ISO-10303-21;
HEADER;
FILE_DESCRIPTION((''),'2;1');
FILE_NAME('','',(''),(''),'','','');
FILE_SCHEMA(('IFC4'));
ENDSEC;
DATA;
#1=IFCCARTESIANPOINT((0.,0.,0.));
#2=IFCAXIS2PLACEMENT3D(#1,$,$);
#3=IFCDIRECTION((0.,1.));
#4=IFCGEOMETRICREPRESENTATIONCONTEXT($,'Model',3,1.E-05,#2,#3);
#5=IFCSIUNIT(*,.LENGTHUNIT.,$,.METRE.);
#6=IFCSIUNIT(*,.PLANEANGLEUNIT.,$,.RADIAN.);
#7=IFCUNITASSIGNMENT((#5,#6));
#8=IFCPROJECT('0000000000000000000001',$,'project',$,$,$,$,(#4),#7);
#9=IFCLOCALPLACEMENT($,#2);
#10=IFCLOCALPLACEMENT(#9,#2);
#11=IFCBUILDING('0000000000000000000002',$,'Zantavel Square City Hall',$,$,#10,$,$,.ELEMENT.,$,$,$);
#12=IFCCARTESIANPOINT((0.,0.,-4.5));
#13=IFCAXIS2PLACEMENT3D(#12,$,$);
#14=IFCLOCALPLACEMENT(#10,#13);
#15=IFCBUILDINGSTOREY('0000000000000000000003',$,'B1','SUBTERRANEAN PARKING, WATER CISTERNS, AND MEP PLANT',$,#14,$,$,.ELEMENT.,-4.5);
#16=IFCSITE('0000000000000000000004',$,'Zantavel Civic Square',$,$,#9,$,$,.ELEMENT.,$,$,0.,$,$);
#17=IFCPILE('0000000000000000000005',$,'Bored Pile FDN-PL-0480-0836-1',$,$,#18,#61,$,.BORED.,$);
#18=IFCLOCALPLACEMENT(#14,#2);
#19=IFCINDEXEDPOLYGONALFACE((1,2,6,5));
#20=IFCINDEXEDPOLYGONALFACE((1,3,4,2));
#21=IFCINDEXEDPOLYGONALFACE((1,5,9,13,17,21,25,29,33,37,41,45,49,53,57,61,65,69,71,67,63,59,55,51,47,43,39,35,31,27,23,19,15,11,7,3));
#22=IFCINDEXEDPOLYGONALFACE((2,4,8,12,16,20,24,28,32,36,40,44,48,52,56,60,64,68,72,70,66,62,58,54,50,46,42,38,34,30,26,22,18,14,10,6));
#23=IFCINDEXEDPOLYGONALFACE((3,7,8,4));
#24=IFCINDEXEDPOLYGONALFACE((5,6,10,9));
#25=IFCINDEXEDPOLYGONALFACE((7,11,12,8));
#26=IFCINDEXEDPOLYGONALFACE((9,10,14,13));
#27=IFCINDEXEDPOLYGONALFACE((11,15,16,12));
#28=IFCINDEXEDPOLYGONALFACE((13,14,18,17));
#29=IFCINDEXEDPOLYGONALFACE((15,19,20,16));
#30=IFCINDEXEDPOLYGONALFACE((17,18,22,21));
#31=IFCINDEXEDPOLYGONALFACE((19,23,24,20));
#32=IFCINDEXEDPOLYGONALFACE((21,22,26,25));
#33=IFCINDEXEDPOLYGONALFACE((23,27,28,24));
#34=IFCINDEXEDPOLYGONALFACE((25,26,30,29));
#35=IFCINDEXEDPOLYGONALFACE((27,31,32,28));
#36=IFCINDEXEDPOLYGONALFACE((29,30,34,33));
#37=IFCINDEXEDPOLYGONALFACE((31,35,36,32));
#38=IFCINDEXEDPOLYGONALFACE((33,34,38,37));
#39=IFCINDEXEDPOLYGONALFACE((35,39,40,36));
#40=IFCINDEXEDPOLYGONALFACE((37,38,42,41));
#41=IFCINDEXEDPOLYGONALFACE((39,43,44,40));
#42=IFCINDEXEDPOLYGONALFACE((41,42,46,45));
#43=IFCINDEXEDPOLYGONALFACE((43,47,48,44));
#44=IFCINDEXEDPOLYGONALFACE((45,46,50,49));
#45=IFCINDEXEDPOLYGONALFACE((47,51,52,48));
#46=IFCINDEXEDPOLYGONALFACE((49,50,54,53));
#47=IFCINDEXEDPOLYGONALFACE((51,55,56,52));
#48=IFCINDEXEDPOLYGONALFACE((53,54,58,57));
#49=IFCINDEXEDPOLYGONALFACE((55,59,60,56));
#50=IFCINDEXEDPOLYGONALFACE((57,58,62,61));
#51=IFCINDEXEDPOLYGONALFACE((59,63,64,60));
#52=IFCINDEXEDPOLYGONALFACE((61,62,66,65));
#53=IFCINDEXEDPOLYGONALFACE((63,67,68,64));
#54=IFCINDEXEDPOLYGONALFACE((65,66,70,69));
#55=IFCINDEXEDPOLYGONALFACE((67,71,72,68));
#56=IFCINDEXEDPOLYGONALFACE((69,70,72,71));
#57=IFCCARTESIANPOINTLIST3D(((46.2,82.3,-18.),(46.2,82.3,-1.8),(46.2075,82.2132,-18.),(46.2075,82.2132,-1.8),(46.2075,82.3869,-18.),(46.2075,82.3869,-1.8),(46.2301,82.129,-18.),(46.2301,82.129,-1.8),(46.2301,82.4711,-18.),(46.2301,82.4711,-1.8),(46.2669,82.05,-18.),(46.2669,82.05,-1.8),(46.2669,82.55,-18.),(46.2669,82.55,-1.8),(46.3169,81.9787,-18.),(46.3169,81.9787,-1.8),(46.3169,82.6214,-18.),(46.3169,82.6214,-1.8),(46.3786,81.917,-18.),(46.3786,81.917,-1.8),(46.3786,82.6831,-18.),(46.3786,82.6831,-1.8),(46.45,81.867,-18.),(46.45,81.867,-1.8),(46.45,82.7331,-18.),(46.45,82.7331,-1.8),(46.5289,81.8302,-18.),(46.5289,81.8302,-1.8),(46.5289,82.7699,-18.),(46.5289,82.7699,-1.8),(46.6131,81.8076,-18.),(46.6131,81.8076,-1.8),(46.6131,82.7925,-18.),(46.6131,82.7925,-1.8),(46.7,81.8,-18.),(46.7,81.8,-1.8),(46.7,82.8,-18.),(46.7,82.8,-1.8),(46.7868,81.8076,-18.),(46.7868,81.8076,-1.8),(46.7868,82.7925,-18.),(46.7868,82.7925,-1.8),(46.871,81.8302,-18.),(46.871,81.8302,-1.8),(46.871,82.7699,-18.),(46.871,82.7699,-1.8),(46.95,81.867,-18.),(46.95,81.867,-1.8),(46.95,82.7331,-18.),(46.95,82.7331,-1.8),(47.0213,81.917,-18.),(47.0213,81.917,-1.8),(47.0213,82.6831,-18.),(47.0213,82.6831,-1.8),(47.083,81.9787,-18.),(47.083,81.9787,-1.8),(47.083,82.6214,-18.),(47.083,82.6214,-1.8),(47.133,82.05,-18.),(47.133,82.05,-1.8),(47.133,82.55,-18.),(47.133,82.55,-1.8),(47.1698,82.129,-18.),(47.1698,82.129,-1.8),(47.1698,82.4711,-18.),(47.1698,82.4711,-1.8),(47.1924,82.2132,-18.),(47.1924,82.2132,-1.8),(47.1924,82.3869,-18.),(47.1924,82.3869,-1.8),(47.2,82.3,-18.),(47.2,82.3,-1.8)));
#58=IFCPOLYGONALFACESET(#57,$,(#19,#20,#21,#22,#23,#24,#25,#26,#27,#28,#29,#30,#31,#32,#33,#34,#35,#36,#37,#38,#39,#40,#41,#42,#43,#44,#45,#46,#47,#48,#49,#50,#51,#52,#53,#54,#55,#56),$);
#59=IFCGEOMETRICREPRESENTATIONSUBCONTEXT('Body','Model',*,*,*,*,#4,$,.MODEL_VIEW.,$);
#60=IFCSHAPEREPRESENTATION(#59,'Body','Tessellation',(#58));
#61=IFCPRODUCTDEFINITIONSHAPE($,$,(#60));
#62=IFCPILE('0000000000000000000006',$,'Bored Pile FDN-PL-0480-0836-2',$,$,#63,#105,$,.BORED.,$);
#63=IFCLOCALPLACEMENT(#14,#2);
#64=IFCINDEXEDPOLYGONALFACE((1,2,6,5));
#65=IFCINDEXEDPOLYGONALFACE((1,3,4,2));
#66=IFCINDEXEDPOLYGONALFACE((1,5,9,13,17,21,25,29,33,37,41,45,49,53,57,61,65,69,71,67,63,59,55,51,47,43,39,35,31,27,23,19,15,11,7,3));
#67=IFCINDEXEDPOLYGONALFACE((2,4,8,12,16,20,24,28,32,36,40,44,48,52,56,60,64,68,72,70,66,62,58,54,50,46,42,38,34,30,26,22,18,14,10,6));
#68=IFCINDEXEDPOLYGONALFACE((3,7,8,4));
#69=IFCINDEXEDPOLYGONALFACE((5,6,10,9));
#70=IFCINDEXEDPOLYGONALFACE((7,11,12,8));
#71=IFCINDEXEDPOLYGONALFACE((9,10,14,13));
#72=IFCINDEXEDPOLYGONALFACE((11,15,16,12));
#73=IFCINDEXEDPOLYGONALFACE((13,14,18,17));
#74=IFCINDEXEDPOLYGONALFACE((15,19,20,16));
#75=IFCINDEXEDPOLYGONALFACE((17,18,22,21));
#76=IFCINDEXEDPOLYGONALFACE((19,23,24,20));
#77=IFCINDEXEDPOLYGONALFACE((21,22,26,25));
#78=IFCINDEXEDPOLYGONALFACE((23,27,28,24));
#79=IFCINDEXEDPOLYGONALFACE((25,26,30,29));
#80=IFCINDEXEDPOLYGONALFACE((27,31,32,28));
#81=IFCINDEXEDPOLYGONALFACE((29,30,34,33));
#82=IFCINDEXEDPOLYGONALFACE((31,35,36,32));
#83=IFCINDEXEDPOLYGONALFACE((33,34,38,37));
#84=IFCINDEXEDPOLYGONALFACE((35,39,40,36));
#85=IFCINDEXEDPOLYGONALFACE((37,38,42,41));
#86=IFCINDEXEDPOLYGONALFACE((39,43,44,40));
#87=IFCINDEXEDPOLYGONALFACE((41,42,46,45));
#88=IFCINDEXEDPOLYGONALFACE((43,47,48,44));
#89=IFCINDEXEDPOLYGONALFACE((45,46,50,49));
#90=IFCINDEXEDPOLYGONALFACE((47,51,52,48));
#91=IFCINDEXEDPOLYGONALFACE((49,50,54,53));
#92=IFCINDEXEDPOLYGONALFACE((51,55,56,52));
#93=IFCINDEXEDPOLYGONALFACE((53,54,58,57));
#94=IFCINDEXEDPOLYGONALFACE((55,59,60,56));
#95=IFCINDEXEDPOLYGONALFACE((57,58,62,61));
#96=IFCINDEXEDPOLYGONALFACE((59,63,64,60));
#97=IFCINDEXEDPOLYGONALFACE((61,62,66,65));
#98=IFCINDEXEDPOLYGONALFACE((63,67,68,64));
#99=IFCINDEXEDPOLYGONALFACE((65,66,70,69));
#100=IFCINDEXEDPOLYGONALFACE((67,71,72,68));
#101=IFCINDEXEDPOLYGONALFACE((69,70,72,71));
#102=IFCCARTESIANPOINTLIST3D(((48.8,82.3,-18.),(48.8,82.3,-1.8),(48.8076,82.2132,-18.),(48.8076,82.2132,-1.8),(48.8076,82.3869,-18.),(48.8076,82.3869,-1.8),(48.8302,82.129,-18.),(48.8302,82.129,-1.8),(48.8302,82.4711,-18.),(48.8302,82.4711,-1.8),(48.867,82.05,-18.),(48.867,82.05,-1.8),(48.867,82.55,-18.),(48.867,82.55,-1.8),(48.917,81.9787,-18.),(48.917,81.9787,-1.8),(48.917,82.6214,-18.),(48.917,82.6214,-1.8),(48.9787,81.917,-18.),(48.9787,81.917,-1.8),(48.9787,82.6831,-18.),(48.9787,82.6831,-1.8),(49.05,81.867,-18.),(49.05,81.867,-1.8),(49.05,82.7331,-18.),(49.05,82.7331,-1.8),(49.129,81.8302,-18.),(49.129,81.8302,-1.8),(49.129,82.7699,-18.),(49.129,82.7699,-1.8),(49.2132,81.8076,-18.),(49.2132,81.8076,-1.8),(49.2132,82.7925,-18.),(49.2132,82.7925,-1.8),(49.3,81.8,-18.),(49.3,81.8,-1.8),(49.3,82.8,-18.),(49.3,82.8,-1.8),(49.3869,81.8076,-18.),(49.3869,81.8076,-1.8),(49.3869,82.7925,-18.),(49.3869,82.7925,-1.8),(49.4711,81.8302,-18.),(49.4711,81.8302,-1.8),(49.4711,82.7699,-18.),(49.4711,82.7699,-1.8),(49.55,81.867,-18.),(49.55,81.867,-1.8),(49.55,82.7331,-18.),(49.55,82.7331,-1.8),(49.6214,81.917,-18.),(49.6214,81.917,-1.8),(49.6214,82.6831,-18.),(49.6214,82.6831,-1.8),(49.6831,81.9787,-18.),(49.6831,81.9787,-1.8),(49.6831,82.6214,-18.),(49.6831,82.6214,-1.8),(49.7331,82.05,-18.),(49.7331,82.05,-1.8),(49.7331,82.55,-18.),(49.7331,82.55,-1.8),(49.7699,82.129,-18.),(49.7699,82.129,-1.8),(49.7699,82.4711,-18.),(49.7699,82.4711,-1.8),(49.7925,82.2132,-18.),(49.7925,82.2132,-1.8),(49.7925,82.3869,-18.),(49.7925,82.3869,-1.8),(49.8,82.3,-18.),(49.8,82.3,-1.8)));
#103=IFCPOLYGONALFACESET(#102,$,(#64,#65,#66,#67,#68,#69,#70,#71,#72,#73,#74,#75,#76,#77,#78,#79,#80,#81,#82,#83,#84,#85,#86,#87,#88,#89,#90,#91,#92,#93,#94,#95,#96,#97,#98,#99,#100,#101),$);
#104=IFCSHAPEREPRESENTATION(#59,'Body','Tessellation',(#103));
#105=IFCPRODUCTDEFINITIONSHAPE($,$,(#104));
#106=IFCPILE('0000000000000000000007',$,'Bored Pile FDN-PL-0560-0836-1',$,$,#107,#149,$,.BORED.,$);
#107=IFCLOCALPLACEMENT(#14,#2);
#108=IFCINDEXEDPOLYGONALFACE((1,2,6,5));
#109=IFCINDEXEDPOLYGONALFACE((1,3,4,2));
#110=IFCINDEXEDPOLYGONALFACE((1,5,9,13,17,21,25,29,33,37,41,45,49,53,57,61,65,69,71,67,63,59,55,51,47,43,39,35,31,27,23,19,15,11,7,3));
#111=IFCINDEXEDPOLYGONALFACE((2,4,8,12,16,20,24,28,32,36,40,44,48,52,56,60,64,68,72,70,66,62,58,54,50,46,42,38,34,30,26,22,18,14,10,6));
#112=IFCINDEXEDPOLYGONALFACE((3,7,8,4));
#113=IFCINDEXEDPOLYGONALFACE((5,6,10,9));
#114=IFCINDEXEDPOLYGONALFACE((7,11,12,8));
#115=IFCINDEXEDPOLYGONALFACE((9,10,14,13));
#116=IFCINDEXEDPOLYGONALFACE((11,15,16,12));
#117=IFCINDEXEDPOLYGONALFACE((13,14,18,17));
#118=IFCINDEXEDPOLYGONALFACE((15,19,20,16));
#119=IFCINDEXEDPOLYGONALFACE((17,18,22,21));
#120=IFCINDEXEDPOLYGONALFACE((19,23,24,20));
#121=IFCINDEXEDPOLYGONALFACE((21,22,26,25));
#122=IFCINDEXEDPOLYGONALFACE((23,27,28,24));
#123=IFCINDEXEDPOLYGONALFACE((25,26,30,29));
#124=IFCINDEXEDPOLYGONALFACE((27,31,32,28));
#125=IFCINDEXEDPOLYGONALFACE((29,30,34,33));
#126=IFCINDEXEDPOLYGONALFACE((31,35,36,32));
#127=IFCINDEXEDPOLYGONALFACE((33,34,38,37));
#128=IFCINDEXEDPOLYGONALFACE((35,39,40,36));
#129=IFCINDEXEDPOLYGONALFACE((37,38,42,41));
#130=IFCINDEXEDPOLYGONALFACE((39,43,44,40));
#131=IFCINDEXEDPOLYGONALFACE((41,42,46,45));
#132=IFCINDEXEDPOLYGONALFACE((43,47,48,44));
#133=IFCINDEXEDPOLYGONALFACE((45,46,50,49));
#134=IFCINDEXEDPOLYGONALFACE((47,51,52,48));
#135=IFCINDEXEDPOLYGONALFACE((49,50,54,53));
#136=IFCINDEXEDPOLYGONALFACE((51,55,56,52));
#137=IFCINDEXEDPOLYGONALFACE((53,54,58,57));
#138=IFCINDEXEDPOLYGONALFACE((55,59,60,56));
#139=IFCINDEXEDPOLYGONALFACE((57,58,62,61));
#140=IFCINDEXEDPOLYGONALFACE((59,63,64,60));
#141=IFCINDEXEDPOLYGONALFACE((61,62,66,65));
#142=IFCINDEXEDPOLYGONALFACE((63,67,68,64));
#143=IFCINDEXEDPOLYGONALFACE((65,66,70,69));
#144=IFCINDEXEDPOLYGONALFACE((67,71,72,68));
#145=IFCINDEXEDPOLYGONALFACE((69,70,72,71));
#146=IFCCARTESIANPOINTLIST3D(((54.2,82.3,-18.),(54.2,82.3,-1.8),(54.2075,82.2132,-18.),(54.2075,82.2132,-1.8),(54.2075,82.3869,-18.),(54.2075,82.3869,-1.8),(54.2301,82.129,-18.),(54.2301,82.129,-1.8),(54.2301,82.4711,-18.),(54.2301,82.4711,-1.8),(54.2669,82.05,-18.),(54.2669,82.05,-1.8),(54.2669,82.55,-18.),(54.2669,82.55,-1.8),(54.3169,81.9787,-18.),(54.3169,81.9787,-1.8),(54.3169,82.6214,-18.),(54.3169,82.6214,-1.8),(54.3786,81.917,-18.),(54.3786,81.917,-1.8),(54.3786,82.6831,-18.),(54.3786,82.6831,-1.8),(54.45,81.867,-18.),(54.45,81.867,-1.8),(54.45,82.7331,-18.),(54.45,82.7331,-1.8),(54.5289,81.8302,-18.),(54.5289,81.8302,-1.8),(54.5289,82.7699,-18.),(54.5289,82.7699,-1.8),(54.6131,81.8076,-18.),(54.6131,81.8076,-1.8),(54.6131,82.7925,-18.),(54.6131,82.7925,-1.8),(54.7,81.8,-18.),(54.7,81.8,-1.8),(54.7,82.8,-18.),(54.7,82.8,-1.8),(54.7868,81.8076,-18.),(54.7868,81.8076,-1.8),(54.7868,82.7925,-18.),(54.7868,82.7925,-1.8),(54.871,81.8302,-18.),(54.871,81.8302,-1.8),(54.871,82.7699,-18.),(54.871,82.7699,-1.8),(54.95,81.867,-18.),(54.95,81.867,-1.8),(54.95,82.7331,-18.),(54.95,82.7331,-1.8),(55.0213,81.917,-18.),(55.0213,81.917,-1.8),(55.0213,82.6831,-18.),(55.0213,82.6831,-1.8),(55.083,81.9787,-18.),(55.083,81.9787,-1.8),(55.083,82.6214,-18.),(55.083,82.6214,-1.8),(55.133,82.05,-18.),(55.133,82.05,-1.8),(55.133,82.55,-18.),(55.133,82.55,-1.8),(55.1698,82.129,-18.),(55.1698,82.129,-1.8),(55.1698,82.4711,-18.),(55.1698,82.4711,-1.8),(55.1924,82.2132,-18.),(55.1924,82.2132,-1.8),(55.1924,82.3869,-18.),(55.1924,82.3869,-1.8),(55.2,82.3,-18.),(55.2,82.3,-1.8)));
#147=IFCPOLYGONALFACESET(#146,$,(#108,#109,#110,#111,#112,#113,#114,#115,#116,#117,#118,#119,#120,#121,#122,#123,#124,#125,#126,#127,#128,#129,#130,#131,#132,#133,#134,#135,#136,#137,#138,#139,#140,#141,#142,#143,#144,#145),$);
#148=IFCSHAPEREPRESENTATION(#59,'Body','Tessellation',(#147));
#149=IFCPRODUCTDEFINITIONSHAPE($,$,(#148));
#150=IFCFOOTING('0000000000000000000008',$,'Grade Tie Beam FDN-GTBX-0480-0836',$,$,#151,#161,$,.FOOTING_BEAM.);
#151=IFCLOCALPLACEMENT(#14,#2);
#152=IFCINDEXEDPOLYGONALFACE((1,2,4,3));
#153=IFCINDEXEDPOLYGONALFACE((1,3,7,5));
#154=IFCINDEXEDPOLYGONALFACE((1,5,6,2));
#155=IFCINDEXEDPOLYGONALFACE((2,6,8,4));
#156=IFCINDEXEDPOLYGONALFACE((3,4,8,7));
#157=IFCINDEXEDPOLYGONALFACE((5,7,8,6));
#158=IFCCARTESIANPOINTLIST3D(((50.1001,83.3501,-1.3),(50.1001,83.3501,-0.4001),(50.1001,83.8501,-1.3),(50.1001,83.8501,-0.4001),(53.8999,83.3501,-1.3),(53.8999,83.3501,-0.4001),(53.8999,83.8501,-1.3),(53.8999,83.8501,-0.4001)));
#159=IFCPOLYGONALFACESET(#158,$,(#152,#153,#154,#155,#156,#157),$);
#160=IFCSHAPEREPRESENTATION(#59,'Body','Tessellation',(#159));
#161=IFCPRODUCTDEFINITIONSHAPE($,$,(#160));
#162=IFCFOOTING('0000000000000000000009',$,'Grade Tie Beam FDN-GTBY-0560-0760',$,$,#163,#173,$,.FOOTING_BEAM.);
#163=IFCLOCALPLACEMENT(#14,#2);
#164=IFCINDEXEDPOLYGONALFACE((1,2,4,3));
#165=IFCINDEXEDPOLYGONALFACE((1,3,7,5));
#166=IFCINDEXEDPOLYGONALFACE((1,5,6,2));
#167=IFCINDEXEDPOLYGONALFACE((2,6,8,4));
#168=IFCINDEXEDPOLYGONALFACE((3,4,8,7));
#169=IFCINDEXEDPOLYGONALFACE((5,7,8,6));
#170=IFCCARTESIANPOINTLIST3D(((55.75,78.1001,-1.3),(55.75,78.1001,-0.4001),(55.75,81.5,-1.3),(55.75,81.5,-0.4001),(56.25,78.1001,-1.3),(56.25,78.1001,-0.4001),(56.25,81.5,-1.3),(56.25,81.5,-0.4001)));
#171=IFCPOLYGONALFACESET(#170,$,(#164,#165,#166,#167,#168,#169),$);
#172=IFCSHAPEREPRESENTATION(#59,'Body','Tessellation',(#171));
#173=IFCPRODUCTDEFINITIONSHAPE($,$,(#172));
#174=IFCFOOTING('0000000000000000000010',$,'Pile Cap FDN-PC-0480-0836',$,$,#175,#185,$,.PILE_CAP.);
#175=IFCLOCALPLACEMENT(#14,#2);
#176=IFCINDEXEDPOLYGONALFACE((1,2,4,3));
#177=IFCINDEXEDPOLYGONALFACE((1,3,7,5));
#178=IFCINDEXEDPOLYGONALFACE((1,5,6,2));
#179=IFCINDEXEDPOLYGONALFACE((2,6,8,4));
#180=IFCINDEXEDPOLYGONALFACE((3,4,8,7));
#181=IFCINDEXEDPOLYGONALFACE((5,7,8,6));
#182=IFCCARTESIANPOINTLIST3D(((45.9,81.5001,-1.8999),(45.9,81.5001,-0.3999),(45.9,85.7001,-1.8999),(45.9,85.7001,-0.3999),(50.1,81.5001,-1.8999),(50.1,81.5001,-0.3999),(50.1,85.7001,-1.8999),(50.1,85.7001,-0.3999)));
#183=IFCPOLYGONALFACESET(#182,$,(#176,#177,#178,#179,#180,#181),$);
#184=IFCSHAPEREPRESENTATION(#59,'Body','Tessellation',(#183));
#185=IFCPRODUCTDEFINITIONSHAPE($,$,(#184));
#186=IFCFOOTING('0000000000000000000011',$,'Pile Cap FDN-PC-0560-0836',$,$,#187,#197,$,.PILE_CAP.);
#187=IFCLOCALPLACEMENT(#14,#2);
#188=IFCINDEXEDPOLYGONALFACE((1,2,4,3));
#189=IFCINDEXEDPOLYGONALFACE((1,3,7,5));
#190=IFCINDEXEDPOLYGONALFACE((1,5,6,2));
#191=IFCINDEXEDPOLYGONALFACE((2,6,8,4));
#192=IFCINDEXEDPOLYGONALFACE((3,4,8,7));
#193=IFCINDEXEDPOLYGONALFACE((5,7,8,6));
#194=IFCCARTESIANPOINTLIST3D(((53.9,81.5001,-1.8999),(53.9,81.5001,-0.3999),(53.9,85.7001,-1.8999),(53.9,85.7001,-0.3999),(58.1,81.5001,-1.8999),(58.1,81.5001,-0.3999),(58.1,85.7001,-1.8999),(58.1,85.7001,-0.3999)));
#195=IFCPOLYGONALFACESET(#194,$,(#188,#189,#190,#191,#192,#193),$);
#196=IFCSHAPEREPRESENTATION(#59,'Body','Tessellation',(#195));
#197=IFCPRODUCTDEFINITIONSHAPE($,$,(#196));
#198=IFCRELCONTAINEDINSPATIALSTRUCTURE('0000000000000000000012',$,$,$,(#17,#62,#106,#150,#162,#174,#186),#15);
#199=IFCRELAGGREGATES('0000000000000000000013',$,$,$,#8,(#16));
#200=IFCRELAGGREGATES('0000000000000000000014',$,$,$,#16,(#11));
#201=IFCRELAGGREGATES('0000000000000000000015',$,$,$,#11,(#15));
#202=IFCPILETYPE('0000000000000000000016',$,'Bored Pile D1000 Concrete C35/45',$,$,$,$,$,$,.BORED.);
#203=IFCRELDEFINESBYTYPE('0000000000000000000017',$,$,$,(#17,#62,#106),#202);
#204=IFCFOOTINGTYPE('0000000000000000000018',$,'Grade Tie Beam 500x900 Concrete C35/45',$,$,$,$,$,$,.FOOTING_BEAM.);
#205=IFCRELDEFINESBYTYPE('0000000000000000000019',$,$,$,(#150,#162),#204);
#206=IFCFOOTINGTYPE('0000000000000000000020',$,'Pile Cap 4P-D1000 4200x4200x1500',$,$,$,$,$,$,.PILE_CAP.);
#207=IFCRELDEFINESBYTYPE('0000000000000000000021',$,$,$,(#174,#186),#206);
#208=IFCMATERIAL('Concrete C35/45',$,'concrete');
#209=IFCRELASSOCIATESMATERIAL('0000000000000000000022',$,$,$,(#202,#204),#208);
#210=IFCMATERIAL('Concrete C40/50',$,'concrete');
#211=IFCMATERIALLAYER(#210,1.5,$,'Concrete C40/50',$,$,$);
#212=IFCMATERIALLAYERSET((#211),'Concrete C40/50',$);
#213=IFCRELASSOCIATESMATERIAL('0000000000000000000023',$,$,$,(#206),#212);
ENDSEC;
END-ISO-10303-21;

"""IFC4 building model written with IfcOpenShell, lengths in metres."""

from ifc_helpers import new_model, si_unit, direction, frame, origin, origin_2d, place, context, subcontext, project, spatial, rectangle, circle, extrude, material, layer, layer_set, material_profile, profile_set, type_object, element, save


model = new_model("IFC4")

# Units and contexts
model_context = context("Model", 3, precision=1e-05, world=origin(), true_north=direction((0.0, 1.0)))
body_context = subcontext(model_context, "Body", "Model", "MODEL_VIEW")
ifc_project = project(units=[si_unit("LENGTHUNIT", "METRE"), si_unit("PLANEANGLEUNIT", "RADIAN")], contexts=[model_context])

# Site, building, storey
site_placement = place(None, origin())
site = spatial("IfcSite", under=ifc_project, at=site_placement, Name="Zantavel Civic Square", CompositionType="ELEMENT", RefElevation=0.0)
building_placement = place(site_placement, origin())
building = spatial("IfcBuilding", under=site, at=building_placement, Name="Zantavel Square City Hall", CompositionType="ELEMENT")
storey_placement = place(building_placement, frame((0.0, 0.0, -4.5)))
storey = spatial("IfcBuildingStorey", under=building, at=storey_placement, Name="B1", Description="SUBTERRANEAN PARKING, WATER CISTERNS, AND MEP PLANT", CompositionType="ELEMENT", Elevation=-4.5)

# Piles
ifc_material_1 = material(Name="Concrete C35/45", Category="concrete")
ifc_material_profile_1 = material_profile(ifc_material_1, circle(Radius=0.5, at=origin_2d()), Name="PILE D1000")
ifc_profile_set_1 = profile_set([ifc_material_profile_1], Name="Concrete C35/45")
pile_type = type_object("IfcPileType", Name="Bored Pile D1000 Concrete C35/45", PredefinedType="BORED", material=ifc_profile_set_1)
for number, where, z_axis, x_axis, name in (
    (1, (46.7, 82.3, -1.8), (0.0, 0.0, -1.0), (1.0, 0.0, 0.0), "Bored Pile FDN-PL-0480-0836-1"),
    (2, (49.3, 82.3, -1.8), (0.0, 0.0, -1.0), (1.0, 0.0, 0.0), "Bored Pile FDN-PL-0480-0836-2"),
    (3, (54.7, 82.3, -1.8), (0.0, 0.0, -1.0), (1.0, 0.0, 0.0), "Bored Pile FDN-PL-0560-0836-1"),
):
    element("IfcPile", number, at=place(storey_placement, frame(where, z_axis=z_axis, x_axis=x_axis)), inside=storey, type_object=pile_type, Name=name, PredefinedType="BORED", context=body_context, shape_type="SweptSolid", body=[
        extrude(circle(Radius=0.5, at=origin_2d()), origin(), (0.0, 0.0, 1.0), 16.2),
    ])

# Footings
ifc_material_profile_2 = material_profile(ifc_material_1, rectangle(XDim=0.5, YDim=0.8999, at=origin_2d()), Name="RC 500x900")
ifc_profile_set_2 = profile_set([ifc_material_profile_2], Name="Concrete C35/45")
footing_type_1 = type_object("IfcFootingType", Name="Grade Tie Beam 500x900 Concrete C35/45", PredefinedType="FOOTING_BEAM", material=ifc_profile_set_2)
footing_1_placement = place(storey_placement, frame((50.1001, 83.6001, -0.8501), z_axis=(1.0, 0.0, 0.0), x_axis=(0.0, 1.0, 0.0)))
element("IfcFooting", 4, at=footing_1_placement, inside=storey, type_object=footing_type_1, Name="Grade Tie Beam FDN-GTBX-0480-0836", PredefinedType="FOOTING_BEAM", context=body_context, shape_type="SweptSolid", body=[
    extrude(rectangle(XDim=0.5, YDim=0.8999, at=origin_2d()), origin(), (0.0, 0.0, 1.0), 3.7998),
])
footing_2_placement = place(storey_placement, frame((56.0, 78.1001, -0.8501), z_axis=(0.0, 1.0, 0.0), x_axis=(-1.0, 0.0, 0.0)))
element("IfcFooting", 5, at=footing_2_placement, inside=storey, type_object=footing_type_1, Name="Grade Tie Beam FDN-GTBY-0560-0760", PredefinedType="FOOTING_BEAM", context=body_context, shape_type="SweptSolid", body=[
    extrude(rectangle(XDim=0.5, YDim=0.8999, at=origin_2d()), origin(), (0.0, 0.0, 1.0), 3.3999),
])
ifc_material_2 = material(Name="Concrete C40/50", Category="concrete")
ifc_layer_1 = layer(ifc_material_2, 1.5, Name="Concrete C40/50")
ifc_layer_set_1 = layer_set([ifc_layer_1], Name="Concrete C40/50")
footing_type_2 = type_object("IfcFootingType", Name="Pile Cap 4P-D1000 4200x4200x1500", PredefinedType="PILE_CAP", material=ifc_layer_set_1)
for number, where, z_axis, x_axis, name in (
    (6, (48.0, 83.6001, -1.8999), (0.0, 0.0, 1.0), (1.0, 0.0, 0.0), "Pile Cap FDN-PC-0480-0836"),
    (7, (56.0, 83.6001, -1.8999), (0.0, 0.0, 1.0), (1.0, 0.0, 0.0), "Pile Cap FDN-PC-0560-0836"),
):
    element("IfcFooting", number, at=place(storey_placement, frame(where, z_axis=z_axis, x_axis=x_axis)), inside=storey, type_object=footing_type_2, Name=name, PredefinedType="PILE_CAP", context=body_context, shape_type="SweptSolid", body=[
        extrude(rectangle(XDim=4.2, YDim=4.2, at=origin_2d()), origin(), (0.0, 0.0, 1.0), 1.5),
    ])

save(model, "model.ifc")
